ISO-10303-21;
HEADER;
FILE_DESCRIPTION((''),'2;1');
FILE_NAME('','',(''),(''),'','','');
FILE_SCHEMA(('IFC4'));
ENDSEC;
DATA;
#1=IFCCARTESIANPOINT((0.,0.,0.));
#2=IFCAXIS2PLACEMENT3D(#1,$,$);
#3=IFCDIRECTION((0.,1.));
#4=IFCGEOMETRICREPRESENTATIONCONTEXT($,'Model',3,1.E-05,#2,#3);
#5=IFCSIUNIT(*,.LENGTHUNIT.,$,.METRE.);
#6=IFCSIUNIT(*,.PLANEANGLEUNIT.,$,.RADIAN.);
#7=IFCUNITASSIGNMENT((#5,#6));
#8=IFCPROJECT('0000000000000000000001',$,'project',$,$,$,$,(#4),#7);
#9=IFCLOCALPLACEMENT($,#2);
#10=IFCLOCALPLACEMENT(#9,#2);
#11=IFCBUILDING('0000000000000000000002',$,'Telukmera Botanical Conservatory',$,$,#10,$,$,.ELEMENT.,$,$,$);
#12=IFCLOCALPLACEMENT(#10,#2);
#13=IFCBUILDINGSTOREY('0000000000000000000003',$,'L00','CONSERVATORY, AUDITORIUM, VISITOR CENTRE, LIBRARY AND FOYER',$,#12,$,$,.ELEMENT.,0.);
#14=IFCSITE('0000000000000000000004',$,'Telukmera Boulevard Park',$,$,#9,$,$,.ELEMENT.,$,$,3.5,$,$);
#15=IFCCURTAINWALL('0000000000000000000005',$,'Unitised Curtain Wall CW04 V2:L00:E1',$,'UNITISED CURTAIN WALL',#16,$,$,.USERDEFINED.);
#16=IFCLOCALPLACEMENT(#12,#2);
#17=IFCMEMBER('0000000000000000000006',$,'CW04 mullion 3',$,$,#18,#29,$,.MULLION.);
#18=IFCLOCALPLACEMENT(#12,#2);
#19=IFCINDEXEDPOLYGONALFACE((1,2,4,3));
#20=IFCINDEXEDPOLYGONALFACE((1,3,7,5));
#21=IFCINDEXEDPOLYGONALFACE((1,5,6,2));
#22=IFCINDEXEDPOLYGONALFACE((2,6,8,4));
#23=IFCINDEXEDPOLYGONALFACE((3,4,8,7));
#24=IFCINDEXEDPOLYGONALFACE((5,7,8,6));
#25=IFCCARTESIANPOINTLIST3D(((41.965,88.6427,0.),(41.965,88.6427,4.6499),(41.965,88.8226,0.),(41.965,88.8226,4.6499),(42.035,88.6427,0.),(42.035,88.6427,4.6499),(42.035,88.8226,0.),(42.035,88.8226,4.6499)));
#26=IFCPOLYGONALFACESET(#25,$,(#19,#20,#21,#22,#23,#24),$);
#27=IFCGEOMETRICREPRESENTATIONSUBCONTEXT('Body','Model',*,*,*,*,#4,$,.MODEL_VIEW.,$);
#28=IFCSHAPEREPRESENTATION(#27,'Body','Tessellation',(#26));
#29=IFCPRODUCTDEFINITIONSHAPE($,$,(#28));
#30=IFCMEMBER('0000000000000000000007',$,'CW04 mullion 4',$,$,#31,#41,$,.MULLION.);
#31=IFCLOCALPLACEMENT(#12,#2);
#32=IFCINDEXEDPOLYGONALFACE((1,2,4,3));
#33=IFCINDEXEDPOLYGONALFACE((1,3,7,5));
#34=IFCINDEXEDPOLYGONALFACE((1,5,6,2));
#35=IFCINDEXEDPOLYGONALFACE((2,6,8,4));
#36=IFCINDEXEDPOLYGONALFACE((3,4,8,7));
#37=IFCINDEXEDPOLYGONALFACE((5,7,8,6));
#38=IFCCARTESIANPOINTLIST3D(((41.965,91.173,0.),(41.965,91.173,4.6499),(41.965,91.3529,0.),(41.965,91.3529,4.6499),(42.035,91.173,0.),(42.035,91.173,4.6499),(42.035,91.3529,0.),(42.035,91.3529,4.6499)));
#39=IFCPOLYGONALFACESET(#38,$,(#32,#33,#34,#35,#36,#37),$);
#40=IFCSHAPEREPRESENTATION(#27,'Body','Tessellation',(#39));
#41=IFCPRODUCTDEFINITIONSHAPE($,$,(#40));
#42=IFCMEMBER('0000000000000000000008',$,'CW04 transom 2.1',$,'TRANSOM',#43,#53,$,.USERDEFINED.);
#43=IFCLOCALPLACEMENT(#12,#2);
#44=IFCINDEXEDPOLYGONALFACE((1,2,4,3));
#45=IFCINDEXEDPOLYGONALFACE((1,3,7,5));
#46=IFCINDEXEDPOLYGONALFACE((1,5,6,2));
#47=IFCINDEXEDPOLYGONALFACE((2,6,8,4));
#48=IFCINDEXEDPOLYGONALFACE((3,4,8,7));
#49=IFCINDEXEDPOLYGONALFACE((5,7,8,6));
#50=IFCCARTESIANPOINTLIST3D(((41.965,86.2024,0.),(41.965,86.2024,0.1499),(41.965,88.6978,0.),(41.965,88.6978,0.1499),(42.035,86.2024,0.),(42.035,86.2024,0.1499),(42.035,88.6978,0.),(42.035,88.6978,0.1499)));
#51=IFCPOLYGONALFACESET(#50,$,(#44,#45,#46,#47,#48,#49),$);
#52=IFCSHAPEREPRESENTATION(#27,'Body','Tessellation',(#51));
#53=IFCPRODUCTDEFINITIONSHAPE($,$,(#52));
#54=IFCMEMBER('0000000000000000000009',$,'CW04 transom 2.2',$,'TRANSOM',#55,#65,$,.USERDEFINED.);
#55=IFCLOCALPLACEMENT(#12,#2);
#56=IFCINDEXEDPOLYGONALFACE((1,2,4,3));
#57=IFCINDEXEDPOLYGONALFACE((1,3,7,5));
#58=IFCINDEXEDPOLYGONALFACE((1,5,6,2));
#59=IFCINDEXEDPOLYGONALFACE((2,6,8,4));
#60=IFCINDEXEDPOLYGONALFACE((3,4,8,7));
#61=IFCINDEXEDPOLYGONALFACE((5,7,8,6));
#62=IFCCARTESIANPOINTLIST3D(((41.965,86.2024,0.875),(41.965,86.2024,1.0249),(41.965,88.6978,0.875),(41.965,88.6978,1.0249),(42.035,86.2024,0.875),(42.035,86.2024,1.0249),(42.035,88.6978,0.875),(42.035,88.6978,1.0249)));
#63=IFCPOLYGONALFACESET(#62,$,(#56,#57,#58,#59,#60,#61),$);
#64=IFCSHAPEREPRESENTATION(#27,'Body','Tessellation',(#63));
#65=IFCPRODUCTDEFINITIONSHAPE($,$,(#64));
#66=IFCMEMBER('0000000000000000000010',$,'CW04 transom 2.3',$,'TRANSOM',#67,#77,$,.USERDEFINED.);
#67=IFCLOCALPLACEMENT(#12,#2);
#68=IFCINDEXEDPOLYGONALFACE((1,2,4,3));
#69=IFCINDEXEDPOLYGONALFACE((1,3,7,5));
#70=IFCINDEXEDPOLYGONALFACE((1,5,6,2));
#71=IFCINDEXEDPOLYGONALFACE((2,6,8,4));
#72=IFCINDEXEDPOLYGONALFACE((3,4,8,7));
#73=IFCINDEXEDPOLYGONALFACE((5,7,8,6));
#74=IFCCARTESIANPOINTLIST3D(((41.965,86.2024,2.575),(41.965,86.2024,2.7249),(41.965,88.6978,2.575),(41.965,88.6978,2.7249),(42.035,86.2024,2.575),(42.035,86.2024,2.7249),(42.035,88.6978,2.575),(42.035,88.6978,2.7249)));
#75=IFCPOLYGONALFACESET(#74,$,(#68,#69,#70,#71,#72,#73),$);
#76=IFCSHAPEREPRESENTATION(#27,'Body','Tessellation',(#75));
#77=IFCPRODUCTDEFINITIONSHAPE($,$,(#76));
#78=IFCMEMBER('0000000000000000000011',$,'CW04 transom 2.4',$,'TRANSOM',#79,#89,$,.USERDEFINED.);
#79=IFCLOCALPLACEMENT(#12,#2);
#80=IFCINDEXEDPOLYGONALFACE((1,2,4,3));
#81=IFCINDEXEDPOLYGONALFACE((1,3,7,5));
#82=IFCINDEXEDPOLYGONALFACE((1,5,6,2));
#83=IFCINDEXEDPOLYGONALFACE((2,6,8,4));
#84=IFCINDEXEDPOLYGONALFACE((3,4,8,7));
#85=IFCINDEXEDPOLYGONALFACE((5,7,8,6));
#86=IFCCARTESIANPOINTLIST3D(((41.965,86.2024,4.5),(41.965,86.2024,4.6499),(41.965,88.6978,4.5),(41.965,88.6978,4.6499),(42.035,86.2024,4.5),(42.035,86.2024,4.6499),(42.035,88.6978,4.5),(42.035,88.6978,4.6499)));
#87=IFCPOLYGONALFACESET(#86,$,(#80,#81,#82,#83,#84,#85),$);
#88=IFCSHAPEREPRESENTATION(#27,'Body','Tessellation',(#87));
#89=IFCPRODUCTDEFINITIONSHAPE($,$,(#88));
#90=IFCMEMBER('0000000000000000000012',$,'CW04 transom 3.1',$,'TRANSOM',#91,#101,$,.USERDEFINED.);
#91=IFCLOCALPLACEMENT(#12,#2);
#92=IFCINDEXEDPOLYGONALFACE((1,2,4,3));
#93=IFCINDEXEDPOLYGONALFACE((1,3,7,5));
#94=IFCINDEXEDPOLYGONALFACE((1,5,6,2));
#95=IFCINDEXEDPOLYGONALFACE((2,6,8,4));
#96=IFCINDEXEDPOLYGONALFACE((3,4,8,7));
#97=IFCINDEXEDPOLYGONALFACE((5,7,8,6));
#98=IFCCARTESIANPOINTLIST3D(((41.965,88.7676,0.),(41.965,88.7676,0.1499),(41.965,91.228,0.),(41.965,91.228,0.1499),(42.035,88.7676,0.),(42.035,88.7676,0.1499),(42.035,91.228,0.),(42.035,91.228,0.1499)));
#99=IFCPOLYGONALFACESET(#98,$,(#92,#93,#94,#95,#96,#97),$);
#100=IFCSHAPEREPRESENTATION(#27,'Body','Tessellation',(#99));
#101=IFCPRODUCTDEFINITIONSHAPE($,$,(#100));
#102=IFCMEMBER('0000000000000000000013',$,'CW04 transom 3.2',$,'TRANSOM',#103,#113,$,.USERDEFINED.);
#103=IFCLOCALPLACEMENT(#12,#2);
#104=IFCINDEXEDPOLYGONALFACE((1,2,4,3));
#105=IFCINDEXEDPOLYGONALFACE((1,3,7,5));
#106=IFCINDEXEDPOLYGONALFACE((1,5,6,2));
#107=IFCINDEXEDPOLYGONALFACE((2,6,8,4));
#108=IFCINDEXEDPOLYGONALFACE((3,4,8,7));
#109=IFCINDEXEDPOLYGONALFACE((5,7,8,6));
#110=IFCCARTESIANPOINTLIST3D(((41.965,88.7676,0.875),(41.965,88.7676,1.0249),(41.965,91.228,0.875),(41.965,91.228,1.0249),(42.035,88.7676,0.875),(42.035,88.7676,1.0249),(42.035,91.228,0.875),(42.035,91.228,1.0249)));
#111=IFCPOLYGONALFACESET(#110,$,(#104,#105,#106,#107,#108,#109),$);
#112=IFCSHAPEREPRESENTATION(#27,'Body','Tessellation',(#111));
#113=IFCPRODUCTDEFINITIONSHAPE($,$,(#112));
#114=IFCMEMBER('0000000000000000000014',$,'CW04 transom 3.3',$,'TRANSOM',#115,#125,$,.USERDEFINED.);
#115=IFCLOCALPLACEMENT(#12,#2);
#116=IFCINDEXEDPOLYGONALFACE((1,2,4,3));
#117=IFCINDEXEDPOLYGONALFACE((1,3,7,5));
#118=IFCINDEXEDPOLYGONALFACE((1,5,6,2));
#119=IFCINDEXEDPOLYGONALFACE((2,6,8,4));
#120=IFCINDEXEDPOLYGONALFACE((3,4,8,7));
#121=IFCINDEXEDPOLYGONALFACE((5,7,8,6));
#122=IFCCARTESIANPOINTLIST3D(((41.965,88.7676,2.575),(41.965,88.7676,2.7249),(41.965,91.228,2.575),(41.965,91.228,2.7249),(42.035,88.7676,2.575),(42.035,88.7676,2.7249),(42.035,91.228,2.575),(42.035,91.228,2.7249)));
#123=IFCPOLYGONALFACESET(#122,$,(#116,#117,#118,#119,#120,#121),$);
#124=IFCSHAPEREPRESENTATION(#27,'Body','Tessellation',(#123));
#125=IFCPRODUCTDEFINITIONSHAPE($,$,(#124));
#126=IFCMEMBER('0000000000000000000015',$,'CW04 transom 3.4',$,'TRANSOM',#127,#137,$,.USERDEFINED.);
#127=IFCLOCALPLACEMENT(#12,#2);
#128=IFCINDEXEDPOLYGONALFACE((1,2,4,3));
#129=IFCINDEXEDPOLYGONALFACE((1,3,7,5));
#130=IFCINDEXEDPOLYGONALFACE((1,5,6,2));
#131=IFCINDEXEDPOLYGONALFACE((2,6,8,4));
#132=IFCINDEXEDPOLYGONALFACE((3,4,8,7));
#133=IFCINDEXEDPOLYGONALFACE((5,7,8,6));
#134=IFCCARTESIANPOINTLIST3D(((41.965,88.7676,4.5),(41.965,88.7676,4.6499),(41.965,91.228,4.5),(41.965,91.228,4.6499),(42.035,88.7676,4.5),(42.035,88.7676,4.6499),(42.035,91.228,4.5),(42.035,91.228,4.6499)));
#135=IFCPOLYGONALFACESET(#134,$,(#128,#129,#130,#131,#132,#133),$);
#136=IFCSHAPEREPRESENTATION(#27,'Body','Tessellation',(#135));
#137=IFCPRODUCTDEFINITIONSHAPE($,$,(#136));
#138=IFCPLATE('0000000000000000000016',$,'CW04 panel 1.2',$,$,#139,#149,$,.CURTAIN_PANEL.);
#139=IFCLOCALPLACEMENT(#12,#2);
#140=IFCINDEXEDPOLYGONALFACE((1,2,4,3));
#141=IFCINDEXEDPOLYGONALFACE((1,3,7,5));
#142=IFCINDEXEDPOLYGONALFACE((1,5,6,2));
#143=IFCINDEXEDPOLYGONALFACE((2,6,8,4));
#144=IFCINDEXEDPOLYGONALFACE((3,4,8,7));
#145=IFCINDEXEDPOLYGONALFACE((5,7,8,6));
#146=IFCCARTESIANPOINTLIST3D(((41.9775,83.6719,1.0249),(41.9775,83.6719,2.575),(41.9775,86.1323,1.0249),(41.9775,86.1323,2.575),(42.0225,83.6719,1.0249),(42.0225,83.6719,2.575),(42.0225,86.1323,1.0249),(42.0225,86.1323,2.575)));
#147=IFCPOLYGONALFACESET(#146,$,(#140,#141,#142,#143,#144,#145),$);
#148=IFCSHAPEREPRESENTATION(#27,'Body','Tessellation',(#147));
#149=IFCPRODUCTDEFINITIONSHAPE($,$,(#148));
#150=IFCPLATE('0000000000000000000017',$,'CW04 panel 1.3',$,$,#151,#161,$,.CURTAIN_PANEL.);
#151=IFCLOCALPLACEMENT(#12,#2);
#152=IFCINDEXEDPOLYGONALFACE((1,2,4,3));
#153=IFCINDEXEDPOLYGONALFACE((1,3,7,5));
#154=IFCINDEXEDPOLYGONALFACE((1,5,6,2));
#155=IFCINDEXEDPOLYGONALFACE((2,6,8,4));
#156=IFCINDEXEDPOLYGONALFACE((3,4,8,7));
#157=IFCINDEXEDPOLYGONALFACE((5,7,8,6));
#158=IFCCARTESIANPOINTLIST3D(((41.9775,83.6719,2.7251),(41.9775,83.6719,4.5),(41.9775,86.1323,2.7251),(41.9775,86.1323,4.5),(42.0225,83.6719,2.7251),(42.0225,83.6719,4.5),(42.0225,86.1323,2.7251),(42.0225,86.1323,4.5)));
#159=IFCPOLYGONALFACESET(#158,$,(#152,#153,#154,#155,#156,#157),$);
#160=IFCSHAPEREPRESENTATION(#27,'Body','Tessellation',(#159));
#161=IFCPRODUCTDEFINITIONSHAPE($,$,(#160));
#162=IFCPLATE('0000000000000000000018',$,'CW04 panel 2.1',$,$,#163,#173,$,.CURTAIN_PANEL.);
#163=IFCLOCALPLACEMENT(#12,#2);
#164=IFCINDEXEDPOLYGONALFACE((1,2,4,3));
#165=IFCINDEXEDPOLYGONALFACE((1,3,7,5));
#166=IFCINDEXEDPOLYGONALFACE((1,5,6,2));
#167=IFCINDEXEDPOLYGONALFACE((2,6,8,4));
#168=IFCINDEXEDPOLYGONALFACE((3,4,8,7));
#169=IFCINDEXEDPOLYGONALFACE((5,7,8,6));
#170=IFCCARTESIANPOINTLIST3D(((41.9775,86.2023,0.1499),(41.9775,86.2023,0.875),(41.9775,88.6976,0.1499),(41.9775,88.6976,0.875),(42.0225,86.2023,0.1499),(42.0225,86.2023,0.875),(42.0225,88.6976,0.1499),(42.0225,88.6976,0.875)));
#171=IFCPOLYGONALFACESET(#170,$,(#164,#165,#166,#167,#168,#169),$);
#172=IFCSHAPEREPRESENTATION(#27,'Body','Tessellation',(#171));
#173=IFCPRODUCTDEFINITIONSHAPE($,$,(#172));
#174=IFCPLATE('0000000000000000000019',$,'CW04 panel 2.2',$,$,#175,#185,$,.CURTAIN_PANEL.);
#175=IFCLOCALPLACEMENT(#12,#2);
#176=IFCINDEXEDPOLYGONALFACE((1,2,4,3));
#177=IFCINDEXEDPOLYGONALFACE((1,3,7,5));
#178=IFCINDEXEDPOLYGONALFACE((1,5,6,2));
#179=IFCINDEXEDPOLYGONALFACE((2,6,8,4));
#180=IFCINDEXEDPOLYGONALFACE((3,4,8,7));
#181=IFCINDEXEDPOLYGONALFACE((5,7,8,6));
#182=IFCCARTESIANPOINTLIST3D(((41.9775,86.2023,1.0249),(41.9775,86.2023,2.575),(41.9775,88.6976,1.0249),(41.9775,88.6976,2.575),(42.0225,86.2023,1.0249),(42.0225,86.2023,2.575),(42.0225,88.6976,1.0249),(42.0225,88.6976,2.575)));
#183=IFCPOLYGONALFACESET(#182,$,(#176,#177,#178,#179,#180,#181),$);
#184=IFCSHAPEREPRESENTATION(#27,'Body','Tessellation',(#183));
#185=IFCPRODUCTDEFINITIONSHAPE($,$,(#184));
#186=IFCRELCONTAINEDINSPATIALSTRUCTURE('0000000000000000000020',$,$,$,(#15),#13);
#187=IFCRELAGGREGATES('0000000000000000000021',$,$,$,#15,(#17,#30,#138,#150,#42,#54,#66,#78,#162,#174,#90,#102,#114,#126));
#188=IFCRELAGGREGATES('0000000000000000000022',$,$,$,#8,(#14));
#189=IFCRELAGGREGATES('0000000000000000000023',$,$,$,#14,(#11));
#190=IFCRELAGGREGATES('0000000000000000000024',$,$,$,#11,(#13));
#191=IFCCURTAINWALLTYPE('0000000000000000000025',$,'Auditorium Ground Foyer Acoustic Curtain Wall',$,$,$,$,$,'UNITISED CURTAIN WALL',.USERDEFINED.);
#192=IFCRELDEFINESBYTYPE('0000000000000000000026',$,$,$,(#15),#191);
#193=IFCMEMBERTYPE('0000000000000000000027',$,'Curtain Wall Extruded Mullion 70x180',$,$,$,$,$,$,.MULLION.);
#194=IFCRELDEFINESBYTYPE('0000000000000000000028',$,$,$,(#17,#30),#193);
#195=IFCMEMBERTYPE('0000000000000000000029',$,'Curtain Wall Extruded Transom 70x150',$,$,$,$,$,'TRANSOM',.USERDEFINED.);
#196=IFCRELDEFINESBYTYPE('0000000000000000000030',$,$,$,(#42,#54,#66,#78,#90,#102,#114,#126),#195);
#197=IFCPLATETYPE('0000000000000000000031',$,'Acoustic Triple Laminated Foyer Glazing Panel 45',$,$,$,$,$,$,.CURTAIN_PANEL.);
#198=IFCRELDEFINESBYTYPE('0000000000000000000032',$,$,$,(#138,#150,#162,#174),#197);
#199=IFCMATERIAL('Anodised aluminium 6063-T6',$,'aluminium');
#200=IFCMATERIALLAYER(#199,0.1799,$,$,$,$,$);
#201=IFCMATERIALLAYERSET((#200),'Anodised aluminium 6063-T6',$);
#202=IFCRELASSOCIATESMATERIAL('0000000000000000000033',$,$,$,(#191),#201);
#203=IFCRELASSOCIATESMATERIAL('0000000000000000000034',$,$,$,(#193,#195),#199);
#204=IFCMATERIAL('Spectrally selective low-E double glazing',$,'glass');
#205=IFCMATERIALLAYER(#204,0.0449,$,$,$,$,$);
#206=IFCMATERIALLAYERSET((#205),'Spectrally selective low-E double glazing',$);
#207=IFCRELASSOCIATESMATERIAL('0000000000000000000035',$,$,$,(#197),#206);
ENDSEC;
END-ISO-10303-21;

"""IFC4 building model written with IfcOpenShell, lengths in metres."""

from ifc_helpers import new_model, si_unit, direction, frame, origin, origin_2d, place, context, subcontext, project, spatial, rectangle, extrude, material, layer, layer_set, material_profile, profile_set, type_object, element, aggregate, save


model = new_model("IFC4")

# Units and contexts
model_context = context("Model", 3, precision=1e-05, world=origin(), true_north=direction((0.0, 1.0)))
body_context = subcontext(model_context, "Body", "Model", "MODEL_VIEW")
ifc_project = project(units=[si_unit("LENGTHUNIT", "METRE"), si_unit("PLANEANGLEUNIT", "RADIAN")], contexts=[model_context])

# Site, building, storey
site_placement = place(None, origin())
site = spatial("IfcSite", under=ifc_project, at=site_placement, Name="Telukmera Boulevard Park", CompositionType="ELEMENT", RefElevation=3.5)
building_placement = place(site_placement, origin())
building = spatial("IfcBuilding", under=site, at=building_placement, Name="Telukmera Botanical Conservatory", CompositionType="ELEMENT")
storey_placement = place(building_placement, origin())
storey = spatial("IfcBuildingStorey", under=building, at=storey_placement, Name="L00", Description="CONSERVATORY, AUDITORIUM, VISITOR CENTRE, LIBRARY AND FOYER", CompositionType="ELEMENT", Elevation=0.0)

# Curtain wall, members, plates
ifc_material_1 = material(Name="Anodised aluminium 6063-T6", Category="aluminium")
ifc_layer_1 = layer(ifc_material_1, 0.1799)
ifc_layer_set_1 = layer_set([ifc_layer_1], Name="Anodised aluminium 6063-T6")
curtain_wall_type = type_object("IfcCurtainWallType", Name="Auditorium Ground Foyer Acoustic Curtain Wall", ElementType="UNITISED CURTAIN WALL", PredefinedType="USERDEFINED", material=ifc_layer_set_1)
curtain_wall_placement = place(storey_placement, origin())
curtain_wall = element("IfcCurtainWall", 1, at=curtain_wall_placement, inside=storey, type_object=curtain_wall_type, Name="Unitised Curtain Wall CW04 V2:L00:E1", ObjectType="UNITISED CURTAIN WALL", PredefinedType="USERDEFINED")
ifc_material_profile_1 = material_profile(ifc_material_1, rectangle(XDim=0.0701, YDim=0.1799, at=origin_2d()), Name="ALU MULL 70x180")
ifc_profile_set_1 = profile_set([ifc_material_profile_1], Name="Anodised aluminium 6063-T6")
member_type_1 = type_object("IfcMemberType", Name="Curtain Wall Extruded Mullion 70x180", PredefinedType="MULLION", material=ifc_profile_set_1)
member_1_placement = place(storey_placement, frame((42.0, 88.7327, 0.0), z_axis=(0.0, 0.0, 1.0), x_axis=(-1.0, 0.0, 0.0)))
member_1 = element("IfcMember", 2, at=member_1_placement, type_object=member_type_1, Name="CW04 mullion 3", PredefinedType="MULLION", context=body_context, shape_type="SweptSolid", body=[
    extrude(rectangle(XDim=0.0701, YDim=0.1799, at=origin_2d()), origin(), (0.0, 0.0, 1.0), 4.6499),
])
member_2_placement = place(storey_placement, frame((42.0, 91.2629, 0.0), z_axis=(0.0, 0.0, 1.0), x_axis=(-1.0, 0.0, 0.0)))
member_2 = element("IfcMember", 3, at=member_2_placement, type_object=member_type_1, Name="CW04 mullion 4", PredefinedType="MULLION", context=body_context, shape_type="SweptSolid", body=[
    extrude(rectangle(XDim=0.0701, YDim=0.1799, at=origin_2d()), origin(), (0.0, 0.0, 1.0), 4.6499),
])
ifc_material_profile_2 = material_profile(ifc_material_1, rectangle(XDim=0.0701, YDim=0.1499, at=origin_2d()), Name="ALU TRAN 70x150")
ifc_profile_set_2 = profile_set([ifc_material_profile_2], Name="Anodised aluminium 6063-T6")
member_type_2 = type_object("IfcMemberType", Name="Curtain Wall Extruded Transom 70x150", ElementType="TRANSOM", PredefinedType="USERDEFINED", material=ifc_profile_set_2)
member_3_placement = place(storey_placement, frame((42.0, 86.2024, 0.075), z_axis=(0.0, 1.0, 0.0), x_axis=(-1.0, 0.0, 0.0)))
member_3 = element("IfcMember", 4, at=member_3_placement, type_object=member_type_2, Name="CW04 transom 2.1", ObjectType="TRANSOM", PredefinedType="USERDEFINED", context=body_context, shape_type="SweptSolid", body=[
    extrude(rectangle(XDim=0.0701, YDim=0.1499, at=origin_2d()), origin(), (0.0, 0.0, 1.0), 2.4954),
])
member_4_placement = place(storey_placement, frame((42.0, 86.2024, 0.95), z_axis=(0.0, 1.0, 0.0), x_axis=(-1.0, 0.0, 0.0)))
member_4 = element("IfcMember", 5, at=member_4_placement, type_object=member_type_2, Name="CW04 transom 2.2", ObjectType="TRANSOM", PredefinedType="USERDEFINED", context=body_context, shape_type="SweptSolid", body=[
    extrude(rectangle(XDim=0.0701, YDim=0.1499, at=origin_2d()), origin(), (0.0, 0.0, 1.0), 2.4954),
])
member_5_placement = place(storey_placement, frame((42.0, 86.2024, 2.6499), z_axis=(0.0, 1.0, 0.0), x_axis=(-1.0, 0.0, 0.0)))
member_5 = element("IfcMember", 6, at=member_5_placement, type_object=member_type_2, Name="CW04 transom 2.3", ObjectType="TRANSOM", PredefinedType="USERDEFINED", context=body_context, shape_type="SweptSolid", body=[
    extrude(rectangle(XDim=0.0701, YDim=0.1499, at=origin_2d()), origin(), (0.0, 0.0, 1.0), 2.4954),
])
member_6_placement = place(storey_placement, frame((42.0, 86.2024, 4.575), z_axis=(0.0, 1.0, 0.0), x_axis=(-1.0, 0.0, 0.0)))
member_6 = element("IfcMember", 7, at=member_6_placement, type_object=member_type_2, Name="CW04 transom 2.4", ObjectType="TRANSOM", PredefinedType="USERDEFINED", context=body_context, shape_type="SweptSolid", body=[
    extrude(rectangle(XDim=0.0701, YDim=0.1499, at=origin_2d()), origin(), (0.0, 0.0, 1.0), 2.4954),
])
member_7_placement = place(storey_placement, frame((42.0, 88.7676, 0.075), z_axis=(0.0, 1.0, 0.0), x_axis=(-1.0, 0.0, 0.0)))
member_7 = element("IfcMember", 8, at=member_7_placement, type_object=member_type_2, Name="CW04 transom 3.1", ObjectType="TRANSOM", PredefinedType="USERDEFINED", context=body_context, shape_type="SweptSolid", body=[
    extrude(rectangle(XDim=0.0701, YDim=0.1499, at=origin_2d()), origin(), (0.0, 0.0, 1.0), 2.4604),
])
member_8_placement = place(storey_placement, frame((42.0, 88.7676, 0.95), z_axis=(0.0, 1.0, 0.0), x_axis=(-1.0, 0.0, 0.0)))
member_8 = element("IfcMember", 9, at=member_8_placement, type_object=member_type_2, Name="CW04 transom 3.2", ObjectType="TRANSOM", PredefinedType="USERDEFINED", context=body_context, shape_type="SweptSolid", body=[
    extrude(rectangle(XDim=0.0701, YDim=0.1499, at=origin_2d()), origin(), (0.0, 0.0, 1.0), 2.4604),
])
member_9_placement = place(storey_placement, frame((42.0, 88.7676, 2.6499), z_axis=(0.0, 1.0, 0.0), x_axis=(-1.0, 0.0, 0.0)))
member_9 = element("IfcMember", 10, at=member_9_placement, type_object=member_type_2, Name="CW04 transom 3.3", ObjectType="TRANSOM", PredefinedType="USERDEFINED", context=body_context, shape_type="SweptSolid", body=[
    extrude(rectangle(XDim=0.0701, YDim=0.1499, at=origin_2d()), origin(), (0.0, 0.0, 1.0), 2.4604),
])
member_10_placement = place(storey_placement, frame((42.0, 88.7676, 4.575), z_axis=(0.0, 1.0, 0.0), x_axis=(-1.0, 0.0, 0.0)))
member_10 = element("IfcMember", 11, at=member_10_placement, type_object=member_type_2, Name="CW04 transom 3.4", ObjectType="TRANSOM", PredefinedType="USERDEFINED", context=body_context, shape_type="SweptSolid", body=[
    extrude(rectangle(XDim=0.0701, YDim=0.1499, at=origin_2d()), origin(), (0.0, 0.0, 1.0), 2.4604),
])
ifc_material_2 = material(Name="Spectrally selective low-E double glazing", Category="glass")
ifc_layer_2 = layer(ifc_material_2, 0.0449)
ifc_layer_set_2 = layer_set([ifc_layer_2], Name="Spectrally selective low-E double glazing")
plate_type_1 = type_object("IfcPlateType", Name="Acoustic Triple Laminated Foyer Glazing Panel 45", PredefinedType="CURTAIN_PANEL", material=ifc_layer_set_2)
plate_1_placement = place(storey_placement, frame((42.0, 84.9021, 1.0249), z_axis=(0.0, 0.0, 1.0), x_axis=(0.0, 1.0, 0.0)))
plate_1 = element("IfcPlate", 12, at=plate_1_placement, type_object=plate_type_1, Name="CW04 panel 1.2", PredefinedType="CURTAIN_PANEL", context=body_context, shape_type="SweptSolid", body=[
    extrude(rectangle(XDim=2.4604, YDim=0.0449, at=origin_2d()), origin(), (0.0, 0.0, 1.0), 1.55),
])
plate_2_placement = place(storey_placement, frame((42.0, 84.9021, 2.7251), z_axis=(0.0, 0.0, 1.0), x_axis=(0.0, 1.0, 0.0)))
plate_2 = element("IfcPlate", 13, at=plate_2_placement, type_object=plate_type_1, Name="CW04 panel 1.3", PredefinedType="CURTAIN_PANEL", context=body_context, shape_type="SweptSolid", body=[
    extrude(rectangle(XDim=2.4604, YDim=0.0449, at=origin_2d()), origin(), (0.0, 0.0, 1.0), 1.7749),
])
plate_3_placement = place(storey_placement, frame((42.0, 87.45, 0.1499), z_axis=(0.0, 0.0, 1.0), x_axis=(0.0, 1.0, 0.0)))
plate_3 = element("IfcPlate", 14, at=plate_3_placement, type_object=plate_type_1, Name="CW04 panel 2.1", PredefinedType="CURTAIN_PANEL", context=body_context, shape_type="SweptSolid", body=[
    extrude(rectangle(XDim=2.4954, YDim=0.0449, at=origin_2d()), origin(), (0.0, 0.0, 1.0), 0.7251),
])
plate_4_placement = place(storey_placement, frame((42.0, 87.45, 1.0249), z_axis=(0.0, 0.0, 1.0), x_axis=(0.0, 1.0, 0.0)))
plate_4 = element("IfcPlate", 15, at=plate_4_placement, type_object=plate_type_1, Name="CW04 panel 2.2", PredefinedType="CURTAIN_PANEL", context=body_context, shape_type="SweptSolid", body=[
    extrude(rectangle(XDim=2.4954, YDim=0.0449, at=origin_2d()), origin(), (0.0, 0.0, 1.0), 1.55),
])
aggregate(curtain_wall, [member_1, member_2, plate_1, plate_2, member_3, member_4, member_5, member_6, plate_3, plate_4, member_7, member_8, member_9, member_10])

save(model, "model.ifc")
